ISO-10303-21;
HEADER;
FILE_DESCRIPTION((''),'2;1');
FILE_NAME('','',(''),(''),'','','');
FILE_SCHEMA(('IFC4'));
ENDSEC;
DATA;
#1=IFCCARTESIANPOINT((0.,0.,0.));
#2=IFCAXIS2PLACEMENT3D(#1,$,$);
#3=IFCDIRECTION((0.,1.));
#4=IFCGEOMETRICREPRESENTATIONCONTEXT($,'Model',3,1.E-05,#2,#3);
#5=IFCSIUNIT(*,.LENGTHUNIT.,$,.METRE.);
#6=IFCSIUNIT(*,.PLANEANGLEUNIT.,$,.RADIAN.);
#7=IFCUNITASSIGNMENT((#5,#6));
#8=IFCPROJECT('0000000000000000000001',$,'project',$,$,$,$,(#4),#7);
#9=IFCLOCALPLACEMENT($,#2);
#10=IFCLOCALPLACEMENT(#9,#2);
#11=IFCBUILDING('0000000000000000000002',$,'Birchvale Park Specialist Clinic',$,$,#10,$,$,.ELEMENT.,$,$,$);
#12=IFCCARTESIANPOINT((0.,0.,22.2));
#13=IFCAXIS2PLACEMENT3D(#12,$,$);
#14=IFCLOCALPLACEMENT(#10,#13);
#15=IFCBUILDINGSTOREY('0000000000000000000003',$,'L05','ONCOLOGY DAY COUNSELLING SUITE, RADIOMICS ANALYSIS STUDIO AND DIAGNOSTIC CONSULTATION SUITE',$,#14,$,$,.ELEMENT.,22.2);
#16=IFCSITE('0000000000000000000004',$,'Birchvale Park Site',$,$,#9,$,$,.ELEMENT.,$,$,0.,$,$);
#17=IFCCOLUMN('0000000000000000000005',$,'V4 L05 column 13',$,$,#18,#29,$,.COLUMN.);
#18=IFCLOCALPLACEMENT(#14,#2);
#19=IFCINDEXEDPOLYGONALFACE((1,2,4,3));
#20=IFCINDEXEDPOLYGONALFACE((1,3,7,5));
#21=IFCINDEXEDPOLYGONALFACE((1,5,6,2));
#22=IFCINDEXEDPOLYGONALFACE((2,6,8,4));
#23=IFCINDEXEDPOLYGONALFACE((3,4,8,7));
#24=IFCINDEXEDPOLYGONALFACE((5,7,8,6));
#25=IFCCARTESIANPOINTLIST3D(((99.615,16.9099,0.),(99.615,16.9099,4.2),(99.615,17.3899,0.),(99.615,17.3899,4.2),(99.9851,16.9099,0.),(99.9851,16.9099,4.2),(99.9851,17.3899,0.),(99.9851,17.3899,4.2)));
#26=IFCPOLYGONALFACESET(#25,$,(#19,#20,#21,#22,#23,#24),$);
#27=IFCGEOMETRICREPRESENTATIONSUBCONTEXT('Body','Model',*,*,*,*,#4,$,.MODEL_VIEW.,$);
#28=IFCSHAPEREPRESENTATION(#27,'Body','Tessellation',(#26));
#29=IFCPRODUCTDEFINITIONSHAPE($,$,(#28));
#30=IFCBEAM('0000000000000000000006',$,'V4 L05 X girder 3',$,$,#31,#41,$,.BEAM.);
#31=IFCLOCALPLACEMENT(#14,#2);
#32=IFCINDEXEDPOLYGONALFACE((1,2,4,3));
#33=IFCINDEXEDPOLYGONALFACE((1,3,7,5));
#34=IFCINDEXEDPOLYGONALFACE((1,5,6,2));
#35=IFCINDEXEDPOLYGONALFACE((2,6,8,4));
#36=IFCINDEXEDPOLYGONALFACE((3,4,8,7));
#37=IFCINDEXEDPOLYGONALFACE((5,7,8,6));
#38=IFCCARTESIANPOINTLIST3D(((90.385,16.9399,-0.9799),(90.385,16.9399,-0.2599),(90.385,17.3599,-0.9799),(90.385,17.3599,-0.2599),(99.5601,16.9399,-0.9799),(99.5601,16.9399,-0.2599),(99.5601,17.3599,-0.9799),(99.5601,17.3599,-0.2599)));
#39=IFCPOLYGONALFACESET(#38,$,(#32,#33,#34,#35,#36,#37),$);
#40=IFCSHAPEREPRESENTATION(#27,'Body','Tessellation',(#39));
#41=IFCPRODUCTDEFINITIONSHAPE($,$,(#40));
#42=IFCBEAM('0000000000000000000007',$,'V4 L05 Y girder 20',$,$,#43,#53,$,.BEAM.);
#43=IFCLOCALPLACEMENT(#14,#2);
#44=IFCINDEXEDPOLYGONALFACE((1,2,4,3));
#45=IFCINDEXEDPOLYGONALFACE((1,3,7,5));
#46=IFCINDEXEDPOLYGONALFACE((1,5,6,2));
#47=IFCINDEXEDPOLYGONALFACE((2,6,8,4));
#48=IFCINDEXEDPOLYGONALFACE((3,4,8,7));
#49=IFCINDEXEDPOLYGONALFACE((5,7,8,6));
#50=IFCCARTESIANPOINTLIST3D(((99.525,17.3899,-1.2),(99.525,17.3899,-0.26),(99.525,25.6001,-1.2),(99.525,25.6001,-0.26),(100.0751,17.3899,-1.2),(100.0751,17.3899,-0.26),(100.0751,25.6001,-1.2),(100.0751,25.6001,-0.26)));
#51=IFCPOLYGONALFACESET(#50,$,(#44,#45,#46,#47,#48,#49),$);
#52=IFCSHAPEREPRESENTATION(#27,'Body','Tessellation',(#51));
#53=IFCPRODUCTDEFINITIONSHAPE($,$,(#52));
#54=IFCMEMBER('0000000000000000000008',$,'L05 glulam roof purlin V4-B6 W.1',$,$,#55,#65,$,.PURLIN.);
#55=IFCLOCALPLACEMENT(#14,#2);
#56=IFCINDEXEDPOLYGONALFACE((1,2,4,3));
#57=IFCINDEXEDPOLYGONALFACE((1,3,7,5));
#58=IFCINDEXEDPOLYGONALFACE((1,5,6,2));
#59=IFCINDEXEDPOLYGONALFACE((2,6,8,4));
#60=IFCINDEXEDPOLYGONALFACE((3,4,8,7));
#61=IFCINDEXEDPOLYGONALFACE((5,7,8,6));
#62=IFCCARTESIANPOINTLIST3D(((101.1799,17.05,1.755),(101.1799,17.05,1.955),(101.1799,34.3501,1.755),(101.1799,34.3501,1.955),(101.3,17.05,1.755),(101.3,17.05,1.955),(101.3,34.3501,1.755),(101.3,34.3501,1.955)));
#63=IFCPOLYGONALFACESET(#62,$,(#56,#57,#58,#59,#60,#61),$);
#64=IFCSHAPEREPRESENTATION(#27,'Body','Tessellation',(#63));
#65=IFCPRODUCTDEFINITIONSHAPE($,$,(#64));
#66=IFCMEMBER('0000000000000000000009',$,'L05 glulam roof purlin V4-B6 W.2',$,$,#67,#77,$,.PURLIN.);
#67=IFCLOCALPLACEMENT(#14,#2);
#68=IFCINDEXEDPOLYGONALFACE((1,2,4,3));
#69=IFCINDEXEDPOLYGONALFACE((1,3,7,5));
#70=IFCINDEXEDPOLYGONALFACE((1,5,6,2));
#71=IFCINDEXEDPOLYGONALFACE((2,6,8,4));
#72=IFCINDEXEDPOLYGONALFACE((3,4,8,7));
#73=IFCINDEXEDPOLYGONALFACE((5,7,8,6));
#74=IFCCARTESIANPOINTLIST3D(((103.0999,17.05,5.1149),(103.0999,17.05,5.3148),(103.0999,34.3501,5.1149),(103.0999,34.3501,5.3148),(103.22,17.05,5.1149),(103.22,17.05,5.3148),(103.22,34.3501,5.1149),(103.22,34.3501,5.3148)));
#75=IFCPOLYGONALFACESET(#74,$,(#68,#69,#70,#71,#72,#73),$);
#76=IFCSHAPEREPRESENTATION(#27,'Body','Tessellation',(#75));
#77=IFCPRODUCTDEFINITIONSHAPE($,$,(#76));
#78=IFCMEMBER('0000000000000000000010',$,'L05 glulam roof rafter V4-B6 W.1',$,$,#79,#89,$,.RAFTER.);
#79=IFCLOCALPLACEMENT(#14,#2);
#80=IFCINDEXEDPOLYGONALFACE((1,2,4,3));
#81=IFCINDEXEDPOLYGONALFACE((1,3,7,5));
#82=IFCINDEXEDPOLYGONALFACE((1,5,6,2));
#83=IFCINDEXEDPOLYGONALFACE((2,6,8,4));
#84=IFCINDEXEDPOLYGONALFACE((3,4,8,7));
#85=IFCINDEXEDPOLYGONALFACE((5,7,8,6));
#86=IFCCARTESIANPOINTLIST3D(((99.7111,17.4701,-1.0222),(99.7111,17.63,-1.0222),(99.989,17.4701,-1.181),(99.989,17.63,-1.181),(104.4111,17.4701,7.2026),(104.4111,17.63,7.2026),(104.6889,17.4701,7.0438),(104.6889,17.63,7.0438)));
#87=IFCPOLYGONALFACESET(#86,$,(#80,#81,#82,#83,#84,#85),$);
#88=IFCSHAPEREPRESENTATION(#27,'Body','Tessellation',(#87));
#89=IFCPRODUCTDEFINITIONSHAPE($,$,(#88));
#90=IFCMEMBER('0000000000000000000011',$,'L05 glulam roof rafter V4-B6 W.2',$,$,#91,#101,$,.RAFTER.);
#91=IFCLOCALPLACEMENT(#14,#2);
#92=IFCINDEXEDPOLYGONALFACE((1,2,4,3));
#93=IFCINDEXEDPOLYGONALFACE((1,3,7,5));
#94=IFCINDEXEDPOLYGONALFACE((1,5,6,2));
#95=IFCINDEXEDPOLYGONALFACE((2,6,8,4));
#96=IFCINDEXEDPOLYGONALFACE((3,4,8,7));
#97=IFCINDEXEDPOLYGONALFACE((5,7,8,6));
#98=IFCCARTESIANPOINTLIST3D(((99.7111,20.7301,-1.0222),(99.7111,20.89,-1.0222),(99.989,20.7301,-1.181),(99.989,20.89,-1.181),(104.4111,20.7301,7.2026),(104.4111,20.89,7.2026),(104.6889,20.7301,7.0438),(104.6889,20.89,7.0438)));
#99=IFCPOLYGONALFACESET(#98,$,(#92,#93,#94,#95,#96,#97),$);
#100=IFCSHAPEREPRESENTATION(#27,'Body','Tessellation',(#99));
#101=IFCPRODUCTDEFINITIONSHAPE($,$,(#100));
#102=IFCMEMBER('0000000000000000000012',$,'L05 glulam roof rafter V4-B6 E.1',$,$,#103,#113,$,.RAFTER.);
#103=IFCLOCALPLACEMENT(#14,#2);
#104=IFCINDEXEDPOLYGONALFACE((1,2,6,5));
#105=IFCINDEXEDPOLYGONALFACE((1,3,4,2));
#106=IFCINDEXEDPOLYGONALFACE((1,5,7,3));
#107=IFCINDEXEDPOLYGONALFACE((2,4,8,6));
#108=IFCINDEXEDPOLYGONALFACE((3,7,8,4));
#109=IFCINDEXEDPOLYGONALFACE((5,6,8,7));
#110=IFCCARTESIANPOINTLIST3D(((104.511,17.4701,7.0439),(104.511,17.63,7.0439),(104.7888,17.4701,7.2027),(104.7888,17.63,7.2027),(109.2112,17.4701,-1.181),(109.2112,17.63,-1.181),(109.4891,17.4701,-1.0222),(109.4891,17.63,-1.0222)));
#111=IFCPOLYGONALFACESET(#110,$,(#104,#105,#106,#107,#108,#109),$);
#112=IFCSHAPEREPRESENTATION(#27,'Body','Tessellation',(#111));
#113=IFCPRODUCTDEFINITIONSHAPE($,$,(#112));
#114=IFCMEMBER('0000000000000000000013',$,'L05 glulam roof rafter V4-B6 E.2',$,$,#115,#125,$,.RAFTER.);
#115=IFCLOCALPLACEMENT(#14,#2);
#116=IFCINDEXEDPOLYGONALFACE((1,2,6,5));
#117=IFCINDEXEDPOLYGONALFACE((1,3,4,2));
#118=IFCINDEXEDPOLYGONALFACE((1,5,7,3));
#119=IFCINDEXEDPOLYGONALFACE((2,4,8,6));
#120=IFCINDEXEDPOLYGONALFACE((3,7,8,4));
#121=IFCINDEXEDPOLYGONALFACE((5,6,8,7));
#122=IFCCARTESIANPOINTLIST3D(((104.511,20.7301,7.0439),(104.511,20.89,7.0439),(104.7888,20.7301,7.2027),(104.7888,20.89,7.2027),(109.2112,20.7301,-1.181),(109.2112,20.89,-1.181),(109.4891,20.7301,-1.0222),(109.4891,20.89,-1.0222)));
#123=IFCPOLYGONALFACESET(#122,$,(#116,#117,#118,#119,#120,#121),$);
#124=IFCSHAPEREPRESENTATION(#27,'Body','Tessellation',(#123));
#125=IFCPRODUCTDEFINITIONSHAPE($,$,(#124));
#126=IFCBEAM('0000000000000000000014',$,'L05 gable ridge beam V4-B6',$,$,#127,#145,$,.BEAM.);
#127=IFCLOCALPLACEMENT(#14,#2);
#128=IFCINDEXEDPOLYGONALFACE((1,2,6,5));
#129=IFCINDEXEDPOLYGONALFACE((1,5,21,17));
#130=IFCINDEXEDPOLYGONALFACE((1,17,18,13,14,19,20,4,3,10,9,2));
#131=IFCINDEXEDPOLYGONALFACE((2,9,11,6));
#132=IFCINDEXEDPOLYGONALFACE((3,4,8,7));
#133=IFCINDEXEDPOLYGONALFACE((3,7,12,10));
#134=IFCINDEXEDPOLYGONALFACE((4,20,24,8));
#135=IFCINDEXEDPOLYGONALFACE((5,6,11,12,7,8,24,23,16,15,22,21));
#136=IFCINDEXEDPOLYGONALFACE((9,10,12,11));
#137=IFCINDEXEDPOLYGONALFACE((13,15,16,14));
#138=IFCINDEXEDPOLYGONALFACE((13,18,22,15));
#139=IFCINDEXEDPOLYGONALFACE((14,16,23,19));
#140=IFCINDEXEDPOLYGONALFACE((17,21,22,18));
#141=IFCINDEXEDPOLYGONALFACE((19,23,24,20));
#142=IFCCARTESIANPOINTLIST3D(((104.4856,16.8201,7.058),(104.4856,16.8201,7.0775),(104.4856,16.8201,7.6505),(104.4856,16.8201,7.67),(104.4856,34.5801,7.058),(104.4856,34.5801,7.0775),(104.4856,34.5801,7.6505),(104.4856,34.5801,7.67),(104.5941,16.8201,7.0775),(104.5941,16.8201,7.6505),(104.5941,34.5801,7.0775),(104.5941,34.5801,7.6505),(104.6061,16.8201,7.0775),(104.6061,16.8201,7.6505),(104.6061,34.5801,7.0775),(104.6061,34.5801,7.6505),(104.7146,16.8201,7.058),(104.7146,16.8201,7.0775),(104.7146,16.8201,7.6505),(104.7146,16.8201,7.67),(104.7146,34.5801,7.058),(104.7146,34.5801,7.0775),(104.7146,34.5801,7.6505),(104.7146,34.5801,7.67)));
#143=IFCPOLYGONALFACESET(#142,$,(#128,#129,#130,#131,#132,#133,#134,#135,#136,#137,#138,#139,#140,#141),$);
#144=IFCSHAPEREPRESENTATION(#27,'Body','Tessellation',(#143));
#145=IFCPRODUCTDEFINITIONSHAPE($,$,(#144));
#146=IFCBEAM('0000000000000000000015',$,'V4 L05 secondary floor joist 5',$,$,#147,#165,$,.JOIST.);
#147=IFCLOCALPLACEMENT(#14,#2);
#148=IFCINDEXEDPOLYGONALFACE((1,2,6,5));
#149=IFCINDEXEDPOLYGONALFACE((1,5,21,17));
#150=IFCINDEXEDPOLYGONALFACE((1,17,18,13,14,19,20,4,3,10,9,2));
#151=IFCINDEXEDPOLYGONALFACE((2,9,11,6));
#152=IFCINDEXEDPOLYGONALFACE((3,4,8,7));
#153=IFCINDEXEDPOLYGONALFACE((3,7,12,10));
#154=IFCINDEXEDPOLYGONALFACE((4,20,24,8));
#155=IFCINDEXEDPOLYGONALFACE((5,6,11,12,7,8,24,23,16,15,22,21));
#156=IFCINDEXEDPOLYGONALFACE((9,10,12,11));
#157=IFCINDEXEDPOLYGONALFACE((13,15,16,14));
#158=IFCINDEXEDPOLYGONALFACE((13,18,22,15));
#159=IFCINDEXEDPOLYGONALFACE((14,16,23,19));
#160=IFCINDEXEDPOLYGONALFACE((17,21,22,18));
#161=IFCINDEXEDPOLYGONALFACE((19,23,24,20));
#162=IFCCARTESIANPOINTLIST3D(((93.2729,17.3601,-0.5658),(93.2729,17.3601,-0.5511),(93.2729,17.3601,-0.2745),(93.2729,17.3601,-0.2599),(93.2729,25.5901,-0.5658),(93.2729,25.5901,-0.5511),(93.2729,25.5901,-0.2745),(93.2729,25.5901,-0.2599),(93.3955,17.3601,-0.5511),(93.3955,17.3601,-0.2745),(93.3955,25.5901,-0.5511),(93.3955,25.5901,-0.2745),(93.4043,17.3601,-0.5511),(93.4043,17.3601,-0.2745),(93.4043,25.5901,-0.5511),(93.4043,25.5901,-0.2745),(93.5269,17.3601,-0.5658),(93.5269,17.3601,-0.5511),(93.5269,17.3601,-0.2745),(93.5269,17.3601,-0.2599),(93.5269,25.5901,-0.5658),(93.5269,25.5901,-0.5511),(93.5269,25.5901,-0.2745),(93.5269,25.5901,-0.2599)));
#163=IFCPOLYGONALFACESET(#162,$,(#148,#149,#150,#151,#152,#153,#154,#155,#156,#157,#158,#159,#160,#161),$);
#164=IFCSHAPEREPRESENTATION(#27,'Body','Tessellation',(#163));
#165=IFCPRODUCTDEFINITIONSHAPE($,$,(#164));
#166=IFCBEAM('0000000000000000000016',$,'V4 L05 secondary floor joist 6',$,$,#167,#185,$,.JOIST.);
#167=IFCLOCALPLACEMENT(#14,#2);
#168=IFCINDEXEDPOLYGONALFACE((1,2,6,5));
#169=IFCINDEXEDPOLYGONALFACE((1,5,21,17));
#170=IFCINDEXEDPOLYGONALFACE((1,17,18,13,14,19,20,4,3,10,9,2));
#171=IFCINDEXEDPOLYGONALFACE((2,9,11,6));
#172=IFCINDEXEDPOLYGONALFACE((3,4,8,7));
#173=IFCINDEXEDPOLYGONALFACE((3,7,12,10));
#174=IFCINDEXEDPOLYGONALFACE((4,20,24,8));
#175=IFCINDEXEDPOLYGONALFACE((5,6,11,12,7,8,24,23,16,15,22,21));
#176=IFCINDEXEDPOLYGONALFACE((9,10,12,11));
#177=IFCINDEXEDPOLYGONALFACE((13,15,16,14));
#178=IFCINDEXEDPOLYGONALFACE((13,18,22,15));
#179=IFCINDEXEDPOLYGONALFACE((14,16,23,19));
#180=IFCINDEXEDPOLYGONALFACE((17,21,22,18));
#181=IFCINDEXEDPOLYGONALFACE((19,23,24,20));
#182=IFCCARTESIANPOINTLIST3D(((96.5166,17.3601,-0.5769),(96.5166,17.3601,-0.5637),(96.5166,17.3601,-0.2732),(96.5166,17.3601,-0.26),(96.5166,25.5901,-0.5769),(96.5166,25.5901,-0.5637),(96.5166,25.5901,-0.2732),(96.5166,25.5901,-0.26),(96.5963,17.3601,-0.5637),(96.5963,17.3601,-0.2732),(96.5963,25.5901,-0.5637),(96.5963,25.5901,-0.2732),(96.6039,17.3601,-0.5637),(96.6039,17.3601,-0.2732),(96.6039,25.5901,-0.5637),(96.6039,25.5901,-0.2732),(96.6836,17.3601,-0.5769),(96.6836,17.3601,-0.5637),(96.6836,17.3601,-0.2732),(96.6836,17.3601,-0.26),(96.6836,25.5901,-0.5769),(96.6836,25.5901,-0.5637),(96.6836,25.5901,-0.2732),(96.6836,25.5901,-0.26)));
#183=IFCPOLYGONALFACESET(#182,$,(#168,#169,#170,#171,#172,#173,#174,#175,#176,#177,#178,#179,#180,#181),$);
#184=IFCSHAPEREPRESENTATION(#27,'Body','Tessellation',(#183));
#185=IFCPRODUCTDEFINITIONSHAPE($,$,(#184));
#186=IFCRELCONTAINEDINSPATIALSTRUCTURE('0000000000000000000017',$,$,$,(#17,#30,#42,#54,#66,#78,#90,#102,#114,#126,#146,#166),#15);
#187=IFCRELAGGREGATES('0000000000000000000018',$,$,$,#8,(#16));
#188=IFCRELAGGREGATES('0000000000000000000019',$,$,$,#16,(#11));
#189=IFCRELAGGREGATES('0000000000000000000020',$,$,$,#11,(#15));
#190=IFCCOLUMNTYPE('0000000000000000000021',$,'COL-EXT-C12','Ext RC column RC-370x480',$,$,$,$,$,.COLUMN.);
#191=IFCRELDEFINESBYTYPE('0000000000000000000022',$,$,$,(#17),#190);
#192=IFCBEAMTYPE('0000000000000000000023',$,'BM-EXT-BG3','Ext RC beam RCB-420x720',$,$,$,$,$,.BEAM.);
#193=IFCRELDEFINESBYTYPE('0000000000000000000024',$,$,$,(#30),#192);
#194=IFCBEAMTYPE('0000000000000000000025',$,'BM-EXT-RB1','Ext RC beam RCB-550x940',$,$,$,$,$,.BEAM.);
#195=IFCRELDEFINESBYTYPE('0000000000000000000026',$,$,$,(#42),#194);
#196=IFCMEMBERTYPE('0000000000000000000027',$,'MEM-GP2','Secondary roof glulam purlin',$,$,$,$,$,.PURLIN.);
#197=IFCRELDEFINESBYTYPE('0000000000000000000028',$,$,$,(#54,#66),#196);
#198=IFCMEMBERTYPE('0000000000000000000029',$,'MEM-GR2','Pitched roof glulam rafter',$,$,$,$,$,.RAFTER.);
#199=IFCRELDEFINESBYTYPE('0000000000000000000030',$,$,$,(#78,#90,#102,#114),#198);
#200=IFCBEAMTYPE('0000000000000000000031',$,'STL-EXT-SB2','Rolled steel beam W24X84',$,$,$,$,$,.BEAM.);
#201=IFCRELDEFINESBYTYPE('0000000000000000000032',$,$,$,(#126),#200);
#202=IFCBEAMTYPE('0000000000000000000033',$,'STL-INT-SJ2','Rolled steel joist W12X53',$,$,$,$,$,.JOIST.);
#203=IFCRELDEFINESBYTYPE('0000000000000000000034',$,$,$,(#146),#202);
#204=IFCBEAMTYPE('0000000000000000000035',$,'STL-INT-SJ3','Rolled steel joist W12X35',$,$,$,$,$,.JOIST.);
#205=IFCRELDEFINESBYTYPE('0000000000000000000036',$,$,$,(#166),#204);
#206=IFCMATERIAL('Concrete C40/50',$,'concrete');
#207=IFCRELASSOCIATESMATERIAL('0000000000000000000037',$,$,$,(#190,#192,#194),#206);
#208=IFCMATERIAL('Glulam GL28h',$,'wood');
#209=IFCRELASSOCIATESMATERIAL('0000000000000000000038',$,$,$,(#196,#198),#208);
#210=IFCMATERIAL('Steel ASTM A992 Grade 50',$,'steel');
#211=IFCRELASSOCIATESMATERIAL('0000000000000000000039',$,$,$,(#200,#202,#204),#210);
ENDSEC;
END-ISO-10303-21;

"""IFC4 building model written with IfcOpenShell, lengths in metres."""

from ifc_helpers import new_model, si_unit, direction, frame, origin, origin_2d, place, context, subcontext, project, spatial, rectangle, i_section, extrude, material, material_profile, profile_set, type_object, element, save


model = new_model("IFC4")

# Units and contexts
model_context = context("Model", 3, precision=1e-05, world=origin(), true_north=direction((0.0, 1.0)))
body_context = subcontext(model_context, "Body", "Model", "MODEL_VIEW")
ifc_project = project(units=[si_unit("LENGTHUNIT", "METRE"), si_unit("PLANEANGLEUNIT", "RADIAN")], contexts=[model_context])

# Site, building, storey
site_placement = place(None, origin())
site = spatial("IfcSite", under=ifc_project, at=site_placement, Name="Birchvale Park Site", CompositionType="ELEMENT", RefElevation=0.0)
building_placement = place(site_placement, origin())
building = spatial("IfcBuilding", under=site, at=building_placement, Name="Birchvale Park Specialist Clinic", CompositionType="ELEMENT")
storey_placement = place(building_placement, frame((0.0, 0.0, 22.2)))
storey = spatial("IfcBuildingStorey", under=building, at=storey_placement, Name="L05", Description="ONCOLOGY DAY COUNSELLING SUITE, RADIOMICS ANALYSIS STUDIO AND DIAGNOSTIC CONSULTATION SUITE", CompositionType="ELEMENT", Elevation=22.2)

# Column
ifc_material_1 = material(Name="Concrete C40/50", Category="concrete")
ifc_material_profile_1 = material_profile(ifc_material_1, rectangle(XDim=0.3701, YDim=0.48, at=origin_2d()), Name="RC-370x480")
ifc_profile_set_1 = profile_set([ifc_material_profile_1], Name="Concrete C40/50")
column_type = type_object("IfcColumnType", Name="COL-EXT-C12", Description="Ext RC column RC-370x480", PredefinedType="COLUMN", material=ifc_profile_set_1)
column_placement = place(storey_placement, frame((99.8, 17.1499, 0.0), z_axis=(0.0, 0.0, 1.0), x_axis=(1.0, 0.0, 0.0)))
element("IfcColumn", 1, at=column_placement, inside=storey, type_object=column_type, Name="V4 L05 column 13", PredefinedType="COLUMN", context=body_context, shape_type="SweptSolid", body=[
    extrude(rectangle(XDim=0.3701, YDim=0.48, at=origin_2d()), origin(), (0.0, 0.0, 1.0), 4.2),
])

# Beams
ifc_material_profile_2 = material_profile(ifc_material_1, rectangle(XDim=0.4199, YDim=0.72, at=origin_2d()), Name="RCB-420x720")
ifc_profile_set_2 = profile_set([ifc_material_profile_2], Name="Concrete C40/50")
beam_type_1 = type_object("IfcBeamType", Name="BM-EXT-BG3", Description="Ext RC beam RCB-420x720", PredefinedType="BEAM", material=ifc_profile_set_2)
beam_1_placement = place(storey_placement, frame((90.385, 17.1499, -0.6199), z_axis=(1.0, 0.0, 0.0), x_axis=(0.0, 1.0, 0.0)))
element("IfcBeam", 2, at=beam_1_placement, inside=storey, type_object=beam_type_1, Name="V4 L05 X girder 3", PredefinedType="BEAM", context=body_context, shape_type="SweptSolid", body=[
    extrude(rectangle(XDim=0.4199, YDim=0.72, at=origin_2d()), origin(), (0.0, 0.0, 1.0), 9.175),
])
ifc_material_profile_3 = material_profile(ifc_material_1, rectangle(XDim=0.55, YDim=0.9399, at=origin_2d()), Name="RCB-550x940")
ifc_profile_set_3 = profile_set([ifc_material_profile_3], Name="Concrete C40/50")
beam_type_2 = type_object("IfcBeamType", Name="BM-EXT-RB1", Description="Ext RC beam RCB-550x940", PredefinedType="BEAM", material=ifc_profile_set_3)
beam_2_placement = place(storey_placement, frame((99.8, 17.3899, -0.73), z_axis=(0.0, 1.0, 0.0), x_axis=(-1.0, 0.0, 0.0)))
element("IfcBeam", 3, at=beam_2_placement, inside=storey, type_object=beam_type_2, Name="V4 L05 Y girder 20", PredefinedType="BEAM", context=body_context, shape_type="SweptSolid", body=[
    extrude(rectangle(XDim=0.55, YDim=0.9399, at=origin_2d()), origin(), (0.0, 0.0, 1.0), 8.2102),
])

# Members
ifc_material_2 = material(Name="Glulam GL28h", Category="wood")
ifc_material_profile_4 = material_profile(ifc_material_2, rectangle(XDim=0.1201, YDim=0.2, at=origin_2d()), Name="GL-120x200")
ifc_profile_set_4 = profile_set([ifc_material_profile_4], Name="Glulam GL28h")
member_type_1 = type_object("IfcMemberType", Name="MEM-GP2", Description="Secondary roof glulam purlin", PredefinedType="PURLIN", material=ifc_profile_set_4)
for number, where, z_axis, x_axis, name in (
    (4, (101.24, 17.05, 1.855), (0.0, 1.0, 0.0), (-1.0, 0.0, 0.0), "L05 glulam roof purlin V4-B6 W.1"),
    (5, (103.1599, 17.05, 5.2148), (0.0, 1.0, 0.0), (-1.0, 0.0, 0.0), "L05 glulam roof purlin V4-B6 W.2"),
):
    element("IfcMember", number, at=place(storey_placement, frame(where, z_axis=z_axis, x_axis=x_axis)), inside=storey, type_object=member_type_1, Name=name, PredefinedType="PURLIN", context=body_context, shape_type="SweptSolid", body=[
        extrude(rectangle(XDim=0.1201, YDim=0.2, at=origin_2d()), origin(), (0.0, 0.0, 1.0), 17.3),
    ])
ifc_material_profile_5 = material_profile(ifc_material_2, rectangle(XDim=0.1599, YDim=0.3201, at=origin_2d()), Name="GL-160x320")
ifc_profile_set_5 = profile_set([ifc_material_profile_5], Name="Glulam GL28h")
member_type_2 = type_object("IfcMemberType", Name="MEM-GR2", Description="Pitched roof glulam rafter", PredefinedType="RAFTER", material=ifc_profile_set_5)
for number, where, z_axis, x_axis, name in (
    (6, (99.8501, 17.55, -1.1016), (0.496142, 0.0, 0.868242), (0.0, 1.0, 0.0), "L05 glulam roof rafter V4-B6 W.1"),
    (7, (99.8501, 20.8101, -1.1016), (0.496142, 0.0, 0.868242), (0.0, 1.0, 0.0), "L05 glulam roof rafter V4-B6 W.2"),
):
    element("IfcMember", number, at=place(storey_placement, frame(where, z_axis=z_axis, x_axis=x_axis)), inside=storey, type_object=member_type_2, Name=name, PredefinedType="RAFTER", context=body_context, shape_type="SweptSolid", body=[
        extrude(rectangle(XDim=0.1599, YDim=0.3201, at=origin_2d()), origin(), (0.0, 0.0, 1.0), 9.4729),
    ])
for number, where, z_axis, x_axis, name in (
    (8, (104.6499, 17.55, 7.1233), (0.496161, 0.0, -0.86823), (0.0, 1.0, 0.0), "L05 glulam roof rafter V4-B6 E.1"),
    (9, (104.6499, 20.8101, 7.1233), (0.496161, 0.0, -0.86823), (0.0, 1.0, 0.0), "L05 glulam roof rafter V4-B6 E.2"),
):
    element("IfcMember", number, at=place(storey_placement, frame(where, z_axis=z_axis, x_axis=x_axis)), inside=storey, type_object=member_type_2, Name=name, PredefinedType="RAFTER", context=body_context, shape_type="SweptSolid", body=[
        extrude(rectangle(XDim=0.1599, YDim=0.3201, at=origin_2d()), origin(), (0.0, 0.0, 1.0), 9.4731),
    ])

# Beams
ifc_material_3 = material(Name="Steel ASTM A992 Grade 50", Category="steel")
ifc_material_profile_6 = material_profile(ifc_material_3, i_section(OverallWidth=0.229, OverallDepth=0.6121, WebThickness=0.012, FlangeThickness=0.0195, at=origin_2d()), Name="W24X84")
ifc_profile_set_6 = profile_set([ifc_material_profile_6], Name="Steel ASTM A992 Grade 50")
beam_type_3 = type_object("IfcBeamType", Name="STL-EXT-SB2", Description="Rolled steel beam W24X84", PredefinedType="BEAM", material=ifc_profile_set_6)
beam_3_placement = place(storey_placement, frame((104.6001, 16.8201, 7.364), z_axis=(0.0, 1.0, 0.0), x_axis=(-1.0, 0.0, 0.0)))
element("IfcBeam", 10, at=beam_3_placement, inside=storey, type_object=beam_type_3, Name="L05 gable ridge beam V4-B6", PredefinedType="BEAM", context=body_context, shape_type="SweptSolid", body=[
    extrude(i_section(OverallWidth=0.229, OverallDepth=0.6121, WebThickness=0.012, FlangeThickness=0.0195, at=origin_2d()), origin(), (0.0, 0.0, 1.0), 17.76),
])
ifc_material_profile_7 = material_profile(ifc_material_3, i_section(OverallWidth=0.2539, OverallDepth=0.3059, WebThickness=0.0088, FlangeThickness=0.0146, at=origin_2d()), Name="W12X53")
ifc_profile_set_7 = profile_set([ifc_material_profile_7], Name="Steel ASTM A992 Grade 50")
beam_type_4 = type_object("IfcBeamType", Name="STL-INT-SJ2", Description="Rolled steel joist W12X53", PredefinedType="JOIST", material=ifc_profile_set_7)
beam_4_placement = place(storey_placement, frame((93.3999, 17.3601, -0.4128), z_axis=(0.0, 1.0, 0.0), x_axis=(-1.0, 0.0, 0.0)))
element("IfcBeam", 11, at=beam_4_placement, inside=storey, type_object=beam_type_4, Name="V4 L05 secondary floor joist 5", PredefinedType="JOIST", context=body_context, shape_type="SweptSolid", body=[
    extrude(i_section(OverallWidth=0.2539, OverallDepth=0.3059, WebThickness=0.0088, FlangeThickness=0.0146, at=origin_2d()), origin(), (0.0, 0.0, 1.0), 8.23),
])
ifc_material_profile_8 = material_profile(ifc_material_3, i_section(OverallWidth=0.167, OverallDepth=0.3169, WebThickness=0.0076, FlangeThickness=0.0132, at=origin_2d()), Name="W12X35")
ifc_profile_set_8 = profile_set([ifc_material_profile_8], Name="Steel ASTM A992 Grade 50")
beam_type_5 = type_object("IfcBeamType", Name="STL-INT-SJ3", Description="Rolled steel joist W12X35", PredefinedType="JOIST", material=ifc_profile_set_8)
beam_5_placement = place(storey_placement, frame((96.6001, 17.3601, -0.4185), z_axis=(0.0, 1.0, 0.0), x_axis=(-1.0, 0.0, 0.0)))
element("IfcBeam", 12, at=beam_5_placement, inside=storey, type_object=beam_type_5, Name="V4 L05 secondary floor joist 6", PredefinedType="JOIST", context=body_context, shape_type="SweptSolid", body=[
    extrude(i_section(OverallWidth=0.167, OverallDepth=0.3169, WebThickness=0.0076, FlangeThickness=0.0132, at=origin_2d()), origin(), (0.0, 0.0, 1.0), 8.23),
])

save(model, "model.ifc")
